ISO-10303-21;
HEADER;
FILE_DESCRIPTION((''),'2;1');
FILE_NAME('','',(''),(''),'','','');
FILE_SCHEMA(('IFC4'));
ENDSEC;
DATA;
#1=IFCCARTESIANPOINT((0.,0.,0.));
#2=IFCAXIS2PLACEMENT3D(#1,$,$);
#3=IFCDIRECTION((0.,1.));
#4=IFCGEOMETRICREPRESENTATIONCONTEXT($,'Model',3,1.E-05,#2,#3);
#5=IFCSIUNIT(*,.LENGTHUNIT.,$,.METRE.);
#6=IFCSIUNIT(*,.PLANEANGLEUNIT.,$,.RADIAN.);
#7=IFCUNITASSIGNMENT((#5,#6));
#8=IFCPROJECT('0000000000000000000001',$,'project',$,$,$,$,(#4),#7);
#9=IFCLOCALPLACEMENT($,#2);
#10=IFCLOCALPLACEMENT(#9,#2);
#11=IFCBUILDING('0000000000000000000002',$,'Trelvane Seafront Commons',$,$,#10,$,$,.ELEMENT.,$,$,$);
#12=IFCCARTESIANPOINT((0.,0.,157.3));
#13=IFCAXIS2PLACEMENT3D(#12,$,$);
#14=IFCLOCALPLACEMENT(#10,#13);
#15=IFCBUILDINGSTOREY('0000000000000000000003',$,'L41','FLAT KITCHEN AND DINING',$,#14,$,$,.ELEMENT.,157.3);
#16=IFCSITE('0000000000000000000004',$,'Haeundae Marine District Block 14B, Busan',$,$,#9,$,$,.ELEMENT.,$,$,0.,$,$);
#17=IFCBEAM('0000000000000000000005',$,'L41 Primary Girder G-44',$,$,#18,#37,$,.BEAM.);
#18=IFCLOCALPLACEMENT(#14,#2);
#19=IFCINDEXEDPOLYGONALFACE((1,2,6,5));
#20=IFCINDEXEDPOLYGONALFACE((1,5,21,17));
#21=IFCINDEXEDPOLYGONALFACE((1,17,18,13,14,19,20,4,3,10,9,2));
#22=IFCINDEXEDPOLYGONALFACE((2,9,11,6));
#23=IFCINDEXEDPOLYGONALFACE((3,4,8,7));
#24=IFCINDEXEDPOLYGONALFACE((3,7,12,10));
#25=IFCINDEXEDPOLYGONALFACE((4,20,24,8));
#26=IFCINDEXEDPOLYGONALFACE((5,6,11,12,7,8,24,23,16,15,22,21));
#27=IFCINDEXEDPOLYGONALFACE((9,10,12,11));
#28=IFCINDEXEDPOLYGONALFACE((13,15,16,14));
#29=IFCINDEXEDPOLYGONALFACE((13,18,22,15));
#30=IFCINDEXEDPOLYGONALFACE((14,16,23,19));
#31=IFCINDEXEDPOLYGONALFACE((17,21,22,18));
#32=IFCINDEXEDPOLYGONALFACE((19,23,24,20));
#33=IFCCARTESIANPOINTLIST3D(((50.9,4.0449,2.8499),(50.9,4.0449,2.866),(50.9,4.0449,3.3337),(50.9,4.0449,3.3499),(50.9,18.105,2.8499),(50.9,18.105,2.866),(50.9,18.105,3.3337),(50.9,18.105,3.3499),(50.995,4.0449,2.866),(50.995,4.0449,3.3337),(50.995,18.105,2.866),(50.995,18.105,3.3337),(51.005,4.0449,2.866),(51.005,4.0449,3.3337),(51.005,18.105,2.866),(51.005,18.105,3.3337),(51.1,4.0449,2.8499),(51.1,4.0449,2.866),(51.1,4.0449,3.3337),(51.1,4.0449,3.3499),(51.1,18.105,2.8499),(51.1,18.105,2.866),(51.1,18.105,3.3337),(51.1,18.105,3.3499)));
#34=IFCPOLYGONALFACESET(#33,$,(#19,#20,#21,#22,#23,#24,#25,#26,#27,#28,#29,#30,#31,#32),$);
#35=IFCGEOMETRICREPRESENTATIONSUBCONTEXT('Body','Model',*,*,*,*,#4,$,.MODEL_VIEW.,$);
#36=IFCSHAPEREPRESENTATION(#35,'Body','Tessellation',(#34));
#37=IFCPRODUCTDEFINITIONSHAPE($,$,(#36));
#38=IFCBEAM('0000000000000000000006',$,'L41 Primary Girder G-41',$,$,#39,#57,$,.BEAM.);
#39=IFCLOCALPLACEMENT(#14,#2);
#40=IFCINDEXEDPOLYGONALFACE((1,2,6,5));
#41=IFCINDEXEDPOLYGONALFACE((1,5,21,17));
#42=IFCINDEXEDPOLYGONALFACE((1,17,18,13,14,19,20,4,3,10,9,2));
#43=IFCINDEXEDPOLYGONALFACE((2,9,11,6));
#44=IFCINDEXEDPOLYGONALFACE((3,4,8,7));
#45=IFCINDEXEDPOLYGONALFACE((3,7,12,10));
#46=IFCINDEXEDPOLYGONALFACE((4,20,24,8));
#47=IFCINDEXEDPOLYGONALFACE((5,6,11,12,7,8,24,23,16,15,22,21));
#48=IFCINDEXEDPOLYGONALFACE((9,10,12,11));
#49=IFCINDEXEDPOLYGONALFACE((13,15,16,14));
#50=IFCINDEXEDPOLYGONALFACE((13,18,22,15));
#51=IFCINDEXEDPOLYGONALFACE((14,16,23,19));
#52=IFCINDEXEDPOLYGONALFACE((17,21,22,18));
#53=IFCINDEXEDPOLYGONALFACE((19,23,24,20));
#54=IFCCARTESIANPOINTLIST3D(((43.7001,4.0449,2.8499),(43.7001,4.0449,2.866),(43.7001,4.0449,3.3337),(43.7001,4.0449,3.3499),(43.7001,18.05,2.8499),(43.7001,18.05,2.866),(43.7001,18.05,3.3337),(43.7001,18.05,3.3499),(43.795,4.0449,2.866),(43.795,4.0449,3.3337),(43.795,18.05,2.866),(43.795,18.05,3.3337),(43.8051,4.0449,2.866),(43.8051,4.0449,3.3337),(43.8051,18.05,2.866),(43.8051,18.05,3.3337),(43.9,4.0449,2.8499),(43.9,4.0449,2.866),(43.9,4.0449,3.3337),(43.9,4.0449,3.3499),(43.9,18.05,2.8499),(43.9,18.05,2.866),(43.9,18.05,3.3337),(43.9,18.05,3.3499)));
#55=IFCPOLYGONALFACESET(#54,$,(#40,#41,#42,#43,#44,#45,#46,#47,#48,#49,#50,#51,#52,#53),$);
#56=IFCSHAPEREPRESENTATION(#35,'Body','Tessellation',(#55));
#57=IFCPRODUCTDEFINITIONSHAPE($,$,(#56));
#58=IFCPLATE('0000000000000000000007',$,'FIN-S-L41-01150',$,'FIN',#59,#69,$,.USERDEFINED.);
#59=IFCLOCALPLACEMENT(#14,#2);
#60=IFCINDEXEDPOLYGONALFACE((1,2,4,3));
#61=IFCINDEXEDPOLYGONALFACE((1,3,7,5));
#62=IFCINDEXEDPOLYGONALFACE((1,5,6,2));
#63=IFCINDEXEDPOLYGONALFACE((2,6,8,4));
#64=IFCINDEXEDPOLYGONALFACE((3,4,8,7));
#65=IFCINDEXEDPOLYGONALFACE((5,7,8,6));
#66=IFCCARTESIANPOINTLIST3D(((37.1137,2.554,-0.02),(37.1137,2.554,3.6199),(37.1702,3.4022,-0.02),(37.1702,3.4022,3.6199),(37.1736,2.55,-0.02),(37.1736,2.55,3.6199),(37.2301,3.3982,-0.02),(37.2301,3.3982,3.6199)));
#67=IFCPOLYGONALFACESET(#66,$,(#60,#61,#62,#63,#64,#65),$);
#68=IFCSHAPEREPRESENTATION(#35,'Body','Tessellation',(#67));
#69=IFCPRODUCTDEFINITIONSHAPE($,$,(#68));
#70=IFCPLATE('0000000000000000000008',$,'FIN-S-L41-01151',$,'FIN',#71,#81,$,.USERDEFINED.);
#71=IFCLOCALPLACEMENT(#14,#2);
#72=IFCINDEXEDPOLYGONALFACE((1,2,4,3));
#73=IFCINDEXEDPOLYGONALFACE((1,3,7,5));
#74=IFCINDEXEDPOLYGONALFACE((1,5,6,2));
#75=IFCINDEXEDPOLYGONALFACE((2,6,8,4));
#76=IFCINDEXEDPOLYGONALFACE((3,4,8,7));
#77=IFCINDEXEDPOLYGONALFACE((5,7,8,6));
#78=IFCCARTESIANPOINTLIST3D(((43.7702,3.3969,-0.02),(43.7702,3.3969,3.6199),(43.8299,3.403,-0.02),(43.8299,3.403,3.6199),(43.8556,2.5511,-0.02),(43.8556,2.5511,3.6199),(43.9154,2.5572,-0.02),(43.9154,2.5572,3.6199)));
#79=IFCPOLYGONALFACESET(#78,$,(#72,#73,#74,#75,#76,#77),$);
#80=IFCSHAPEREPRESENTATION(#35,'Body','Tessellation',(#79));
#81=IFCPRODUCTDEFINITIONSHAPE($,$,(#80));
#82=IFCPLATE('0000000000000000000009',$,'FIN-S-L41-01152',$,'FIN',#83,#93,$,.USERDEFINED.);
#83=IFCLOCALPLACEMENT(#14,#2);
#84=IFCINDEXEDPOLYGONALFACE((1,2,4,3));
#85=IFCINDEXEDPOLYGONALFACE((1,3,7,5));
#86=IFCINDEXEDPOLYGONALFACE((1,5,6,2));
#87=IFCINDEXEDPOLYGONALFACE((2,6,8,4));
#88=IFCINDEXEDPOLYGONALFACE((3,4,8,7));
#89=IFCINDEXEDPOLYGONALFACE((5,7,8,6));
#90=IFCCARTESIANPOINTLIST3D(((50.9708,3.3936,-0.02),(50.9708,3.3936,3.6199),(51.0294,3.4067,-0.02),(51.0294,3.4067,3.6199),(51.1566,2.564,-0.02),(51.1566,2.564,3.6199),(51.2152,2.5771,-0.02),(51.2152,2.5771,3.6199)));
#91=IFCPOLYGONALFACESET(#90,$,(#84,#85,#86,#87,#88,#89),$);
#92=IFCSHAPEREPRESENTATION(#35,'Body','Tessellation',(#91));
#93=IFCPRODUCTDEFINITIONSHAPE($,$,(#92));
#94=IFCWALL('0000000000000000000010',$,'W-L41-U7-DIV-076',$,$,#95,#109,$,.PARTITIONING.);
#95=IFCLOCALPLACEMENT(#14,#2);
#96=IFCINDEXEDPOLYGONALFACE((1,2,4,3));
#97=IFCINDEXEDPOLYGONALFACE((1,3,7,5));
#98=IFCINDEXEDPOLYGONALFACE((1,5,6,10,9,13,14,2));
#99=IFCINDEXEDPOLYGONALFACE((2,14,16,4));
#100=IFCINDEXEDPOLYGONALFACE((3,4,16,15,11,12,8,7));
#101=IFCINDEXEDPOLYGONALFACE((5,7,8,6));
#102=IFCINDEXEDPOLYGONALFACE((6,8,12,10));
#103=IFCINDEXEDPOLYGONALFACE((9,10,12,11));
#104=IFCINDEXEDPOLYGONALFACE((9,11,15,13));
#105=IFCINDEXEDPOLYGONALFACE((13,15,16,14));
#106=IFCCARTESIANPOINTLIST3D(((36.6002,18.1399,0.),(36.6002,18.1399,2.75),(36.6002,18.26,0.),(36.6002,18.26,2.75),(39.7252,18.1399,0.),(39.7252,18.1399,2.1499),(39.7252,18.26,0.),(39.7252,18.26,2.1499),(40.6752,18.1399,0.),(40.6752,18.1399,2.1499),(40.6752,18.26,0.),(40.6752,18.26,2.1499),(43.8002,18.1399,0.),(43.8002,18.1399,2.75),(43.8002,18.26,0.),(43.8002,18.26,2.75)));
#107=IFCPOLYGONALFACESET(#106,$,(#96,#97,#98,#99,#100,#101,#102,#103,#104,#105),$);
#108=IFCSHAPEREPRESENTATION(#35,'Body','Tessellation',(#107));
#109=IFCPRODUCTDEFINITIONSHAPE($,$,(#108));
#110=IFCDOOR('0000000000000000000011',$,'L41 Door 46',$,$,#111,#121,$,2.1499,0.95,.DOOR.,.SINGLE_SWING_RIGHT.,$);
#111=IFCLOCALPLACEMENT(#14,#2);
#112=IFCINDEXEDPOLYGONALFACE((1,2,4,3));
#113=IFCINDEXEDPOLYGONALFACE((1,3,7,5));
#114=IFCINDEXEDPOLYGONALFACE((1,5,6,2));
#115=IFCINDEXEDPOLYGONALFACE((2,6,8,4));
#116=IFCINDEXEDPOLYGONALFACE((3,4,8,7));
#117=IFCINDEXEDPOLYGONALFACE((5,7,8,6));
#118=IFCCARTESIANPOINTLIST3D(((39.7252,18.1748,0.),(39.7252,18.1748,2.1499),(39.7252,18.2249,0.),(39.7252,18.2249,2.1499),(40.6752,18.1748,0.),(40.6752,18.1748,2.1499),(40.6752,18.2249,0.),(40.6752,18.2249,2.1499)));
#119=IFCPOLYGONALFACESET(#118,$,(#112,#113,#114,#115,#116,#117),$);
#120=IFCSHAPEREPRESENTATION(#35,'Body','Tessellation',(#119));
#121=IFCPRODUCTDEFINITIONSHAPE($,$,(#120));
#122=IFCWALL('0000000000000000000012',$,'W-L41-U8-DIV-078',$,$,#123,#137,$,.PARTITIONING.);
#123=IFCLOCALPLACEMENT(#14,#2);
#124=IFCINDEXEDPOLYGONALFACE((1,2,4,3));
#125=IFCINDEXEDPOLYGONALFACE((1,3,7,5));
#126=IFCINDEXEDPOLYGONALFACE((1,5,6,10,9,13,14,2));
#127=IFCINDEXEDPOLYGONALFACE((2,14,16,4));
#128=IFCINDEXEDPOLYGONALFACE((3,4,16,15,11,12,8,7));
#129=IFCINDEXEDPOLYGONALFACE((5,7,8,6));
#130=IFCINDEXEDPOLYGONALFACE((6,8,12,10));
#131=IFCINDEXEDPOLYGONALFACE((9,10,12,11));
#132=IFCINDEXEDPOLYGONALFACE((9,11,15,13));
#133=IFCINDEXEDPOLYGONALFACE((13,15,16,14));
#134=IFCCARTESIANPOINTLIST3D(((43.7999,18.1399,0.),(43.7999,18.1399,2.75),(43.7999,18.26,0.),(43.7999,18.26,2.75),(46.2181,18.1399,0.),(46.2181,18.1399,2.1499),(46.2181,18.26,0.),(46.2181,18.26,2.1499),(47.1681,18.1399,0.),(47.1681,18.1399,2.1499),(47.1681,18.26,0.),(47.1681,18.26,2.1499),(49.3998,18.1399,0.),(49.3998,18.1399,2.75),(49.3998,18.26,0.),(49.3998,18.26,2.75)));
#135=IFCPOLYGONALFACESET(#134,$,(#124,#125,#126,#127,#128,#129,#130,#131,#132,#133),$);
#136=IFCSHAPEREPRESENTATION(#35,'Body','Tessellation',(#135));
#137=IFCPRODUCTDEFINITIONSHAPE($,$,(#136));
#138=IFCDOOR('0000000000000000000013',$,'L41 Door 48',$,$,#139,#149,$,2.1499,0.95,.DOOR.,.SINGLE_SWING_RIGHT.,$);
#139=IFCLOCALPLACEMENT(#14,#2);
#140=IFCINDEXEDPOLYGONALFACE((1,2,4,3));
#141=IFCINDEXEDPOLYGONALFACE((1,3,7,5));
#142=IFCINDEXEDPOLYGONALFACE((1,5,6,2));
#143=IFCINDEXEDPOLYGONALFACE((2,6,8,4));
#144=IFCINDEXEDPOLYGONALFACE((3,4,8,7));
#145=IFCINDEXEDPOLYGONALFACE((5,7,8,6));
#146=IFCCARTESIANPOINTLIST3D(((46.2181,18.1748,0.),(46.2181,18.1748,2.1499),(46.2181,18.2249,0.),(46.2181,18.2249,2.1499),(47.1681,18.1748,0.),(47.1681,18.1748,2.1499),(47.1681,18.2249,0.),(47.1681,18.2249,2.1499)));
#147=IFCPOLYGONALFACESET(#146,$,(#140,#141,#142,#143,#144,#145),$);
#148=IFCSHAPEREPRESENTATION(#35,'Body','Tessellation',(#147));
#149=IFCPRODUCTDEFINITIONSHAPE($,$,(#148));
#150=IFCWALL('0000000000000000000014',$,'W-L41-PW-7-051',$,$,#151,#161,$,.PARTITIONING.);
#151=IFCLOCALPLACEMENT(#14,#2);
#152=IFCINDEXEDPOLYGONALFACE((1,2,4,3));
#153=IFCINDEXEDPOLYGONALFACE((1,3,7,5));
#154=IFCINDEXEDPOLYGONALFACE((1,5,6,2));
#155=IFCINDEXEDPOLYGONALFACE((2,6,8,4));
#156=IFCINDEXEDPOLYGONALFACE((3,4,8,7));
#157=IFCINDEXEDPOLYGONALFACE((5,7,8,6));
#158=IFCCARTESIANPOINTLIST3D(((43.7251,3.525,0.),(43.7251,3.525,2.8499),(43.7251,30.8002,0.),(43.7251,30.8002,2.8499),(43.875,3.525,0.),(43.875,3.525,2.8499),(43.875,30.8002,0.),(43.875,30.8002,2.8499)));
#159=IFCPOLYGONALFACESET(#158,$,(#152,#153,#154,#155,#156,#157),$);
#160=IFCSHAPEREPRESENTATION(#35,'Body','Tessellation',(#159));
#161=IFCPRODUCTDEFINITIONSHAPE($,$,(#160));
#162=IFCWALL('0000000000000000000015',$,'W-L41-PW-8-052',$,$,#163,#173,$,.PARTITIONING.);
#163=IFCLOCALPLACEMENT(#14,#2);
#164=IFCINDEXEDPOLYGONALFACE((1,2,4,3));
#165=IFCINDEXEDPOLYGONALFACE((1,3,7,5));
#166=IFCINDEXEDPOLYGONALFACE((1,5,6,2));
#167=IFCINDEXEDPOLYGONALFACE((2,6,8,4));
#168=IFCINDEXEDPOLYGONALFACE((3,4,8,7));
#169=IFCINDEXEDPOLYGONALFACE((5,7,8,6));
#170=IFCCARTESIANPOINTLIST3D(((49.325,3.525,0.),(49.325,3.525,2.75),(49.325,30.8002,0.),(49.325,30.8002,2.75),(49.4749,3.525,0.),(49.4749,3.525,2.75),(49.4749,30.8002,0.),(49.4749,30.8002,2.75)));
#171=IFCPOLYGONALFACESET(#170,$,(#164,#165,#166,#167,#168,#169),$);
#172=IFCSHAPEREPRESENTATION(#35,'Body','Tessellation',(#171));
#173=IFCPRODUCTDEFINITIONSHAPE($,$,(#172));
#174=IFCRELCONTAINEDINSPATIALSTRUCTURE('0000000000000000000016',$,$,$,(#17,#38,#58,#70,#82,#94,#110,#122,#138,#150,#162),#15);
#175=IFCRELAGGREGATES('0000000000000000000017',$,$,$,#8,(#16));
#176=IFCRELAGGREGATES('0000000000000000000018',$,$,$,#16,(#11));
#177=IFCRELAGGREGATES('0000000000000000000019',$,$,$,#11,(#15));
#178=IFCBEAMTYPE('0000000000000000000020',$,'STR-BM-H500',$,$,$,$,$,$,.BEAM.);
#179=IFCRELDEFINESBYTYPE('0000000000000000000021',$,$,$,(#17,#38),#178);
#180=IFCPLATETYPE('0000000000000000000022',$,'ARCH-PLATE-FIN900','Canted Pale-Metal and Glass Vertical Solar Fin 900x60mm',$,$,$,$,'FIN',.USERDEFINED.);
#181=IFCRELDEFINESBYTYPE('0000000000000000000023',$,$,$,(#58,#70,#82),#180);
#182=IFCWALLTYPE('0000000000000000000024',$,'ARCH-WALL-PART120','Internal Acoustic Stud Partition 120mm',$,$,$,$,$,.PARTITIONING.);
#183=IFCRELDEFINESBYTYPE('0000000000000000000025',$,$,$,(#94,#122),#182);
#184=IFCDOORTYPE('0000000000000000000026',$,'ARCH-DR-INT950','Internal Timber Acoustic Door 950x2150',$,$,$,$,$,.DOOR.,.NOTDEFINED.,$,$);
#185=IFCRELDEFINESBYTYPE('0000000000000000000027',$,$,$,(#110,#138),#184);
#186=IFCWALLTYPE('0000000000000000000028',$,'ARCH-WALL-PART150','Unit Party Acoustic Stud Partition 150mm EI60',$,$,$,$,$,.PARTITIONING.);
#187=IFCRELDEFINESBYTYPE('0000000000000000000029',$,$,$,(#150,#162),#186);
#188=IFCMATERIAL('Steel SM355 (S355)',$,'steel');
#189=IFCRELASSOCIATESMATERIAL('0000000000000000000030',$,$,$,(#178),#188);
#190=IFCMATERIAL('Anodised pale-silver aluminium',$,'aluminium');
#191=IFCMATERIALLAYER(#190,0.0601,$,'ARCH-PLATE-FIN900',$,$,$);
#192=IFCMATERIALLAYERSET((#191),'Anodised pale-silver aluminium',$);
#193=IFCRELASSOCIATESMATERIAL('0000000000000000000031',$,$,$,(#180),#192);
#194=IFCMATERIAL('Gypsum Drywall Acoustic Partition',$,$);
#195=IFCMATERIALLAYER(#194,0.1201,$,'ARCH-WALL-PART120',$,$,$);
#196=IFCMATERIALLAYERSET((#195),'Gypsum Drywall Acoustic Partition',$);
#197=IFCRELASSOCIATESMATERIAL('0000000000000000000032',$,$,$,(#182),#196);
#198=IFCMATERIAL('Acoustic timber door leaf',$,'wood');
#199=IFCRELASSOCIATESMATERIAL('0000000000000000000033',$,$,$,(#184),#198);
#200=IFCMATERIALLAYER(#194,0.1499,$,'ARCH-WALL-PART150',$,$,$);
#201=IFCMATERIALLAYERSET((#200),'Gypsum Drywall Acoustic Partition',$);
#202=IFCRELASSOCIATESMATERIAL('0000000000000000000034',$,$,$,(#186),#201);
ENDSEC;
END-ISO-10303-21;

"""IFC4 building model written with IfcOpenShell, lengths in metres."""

from ifc_helpers import new_model, si_unit, direction, frame, frame_2d, origin, origin_2d, place, context, subcontext, project, spatial, rectangle, i_section, extrude, source, transform, mapped, material, layer, layer_set, material_profile, profile_set, type_object, element, fill, save


model = new_model("IFC4")

# Units and contexts
model_context = context("Model", 3, precision=1e-05, world=origin(), true_north=direction((0.0, 1.0)))
body_context = subcontext(model_context, "Body", "Model", "MODEL_VIEW")
ifc_project = project(units=[si_unit("LENGTHUNIT", "METRE"), si_unit("PLANEANGLEUNIT", "RADIAN")], contexts=[model_context])

# Site, building, storey
site_placement = place(None, origin())
site = spatial("IfcSite", under=ifc_project, at=site_placement, Name="Haeundae Marine District Block 14B, Busan", CompositionType="ELEMENT", RefElevation=0.0)
building_placement = place(site_placement, origin())
building = spatial("IfcBuilding", under=site, at=building_placement, Name="Trelvane Seafront Commons", CompositionType="ELEMENT")
storey_placement = place(building_placement, frame((0.0, 0.0, 157.3)))
storey = spatial("IfcBuildingStorey", under=building, at=storey_placement, Name="L41", Description="FLAT KITCHEN AND DINING", CompositionType="ELEMENT", Elevation=157.3)

# Shared definitions
ifc_material_1 = material(Name="Steel SM355 (S355)", Category="steel")

# Beams
ifc_material_profile_1 = material_profile(ifc_material_1, i_section(OverallWidth=0.2, OverallDepth=0.5, WebThickness=0.01, FlangeThickness=0.0161, at=origin_2d()), Name="H-500x200x10x16")
ifc_profile_set_1 = profile_set([ifc_material_profile_1], Name="Steel SM355 (S355)")
beam_type_1 = type_object("IfcBeamType", Name="STR-BM-H500", PredefinedType="BEAM", material=ifc_profile_set_1)
shared_shape_1 = source(origin(), body_context, "Body", "SweptSolid", [
    extrude(i_section(OverallWidth=0.2, OverallDepth=0.5, WebThickness=0.01, FlangeThickness=0.0161, at=origin_2d()), origin(), (0.0, 0.0, 1.0), 14.0601),
])
beam_1_placement = place(storey_placement, frame((51.0, 4.0449, 3.0999), z_axis=(0.0, 1.0, 0.0), x_axis=(-1.0, 0.0, 0.0)))
element("IfcBeam", 1, at=beam_1_placement, inside=storey, type_object=beam_type_1, Name="L41 Primary Girder G-44", PredefinedType="BEAM", context=body_context, shape_type="MappedRepresentation", body=[
    mapped(shared_shape_1, transform((0.0, 0.0, 0.0), x_axis=(1.0, 0.0, 0.0), y_axis=(0.0, 1.0, 0.0), z_axis=(0.0, 0.0, 1.0), scale=1.0)),
])
shared_shape_2 = source(origin(), body_context, "Body", "SweptSolid", [
    extrude(i_section(OverallWidth=0.2, OverallDepth=0.5, WebThickness=0.01, FlangeThickness=0.0161, at=origin_2d()), origin(), (0.0, 0.0, 1.0), 14.0051),
])
beam_2_placement = place(storey_placement, frame((43.8, 4.0449, 3.0999), z_axis=(0.0, 1.0, 0.0), x_axis=(-1.0, 0.0, 0.0)))
element("IfcBeam", 2, at=beam_2_placement, inside=storey, type_object=beam_type_1, Name="L41 Primary Girder G-41", PredefinedType="BEAM", context=body_context, shape_type="MappedRepresentation", body=[
    mapped(shared_shape_2, transform((0.0, 0.0, 0.0), x_axis=(1.0, 0.0, 0.0), y_axis=(0.0, 1.0, 0.0), z_axis=(0.0, 0.0, 1.0), scale=1.0)),
])

# Plates
ifc_material_2 = material(Name="Anodised pale-silver aluminium", Category="aluminium")
ifc_layer_1 = layer(ifc_material_2, 0.0601, Name="ARCH-PLATE-FIN900")
ifc_layer_set_1 = layer_set([ifc_layer_1], Name="Anodised pale-silver aluminium")
plate_type = type_object("IfcPlateType", Name="ARCH-PLATE-FIN900", Description="Canted Pale-Metal and Glass Vertical Solar Fin 900x60mm", ElementType="FIN", PredefinedType="USERDEFINED", material=ifc_layer_set_1)
shared_shape_3 = source(origin(), body_context, "Body", "SweptSolid", [
    extrude(rectangle(XDim=0.8501, YDim=0.0601, at=origin_2d()), origin(), (0.0, 0.0, 1.0), 3.6399),
])
for number, where, z_axis, x_axis, name in (
    (3, (37.1719, 2.9761, -0.02), (0.0, 0.0, 1.0), (-0.066472, -0.997788, 0.0), "FIN-S-L41-01150"),
    (4, (43.8428, 2.9771, -0.02), (0.0, 0.0, 1.0), (0.100471, -0.99494, 0.0), "FIN-S-L41-01151"),
    (5, (51.093, 2.9854, -0.02), (0.0, 0.0, 1.0), (0.2186, -0.975815, 0.0), "FIN-S-L41-01152"),
):
    element("IfcPlate", number, at=place(storey_placement, frame(where, z_axis=z_axis, x_axis=x_axis)), inside=storey, type_object=plate_type, Name=name, ObjectType="FIN", PredefinedType="USERDEFINED", context=body_context, shape_type="MappedRepresentation", body=[
        mapped(shared_shape_3, transform((0.0, 0.0, 0.0), x_axis=(1.0, 0.0, 0.0), y_axis=(0.0, 1.0, 0.0), z_axis=(0.0, 0.0, 1.0), scale=1.0)),
    ])

# Walls, openings, doors
ifc_material_3 = material(Name="Gypsum Drywall Acoustic Partition")
ifc_layer_2 = layer(ifc_material_3, 0.1201, Name="ARCH-WALL-PART120")
ifc_layer_set_2 = layer_set([ifc_layer_2], Name="Gypsum Drywall Acoustic Partition")
wall_type_1 = type_object("IfcWallType", Name="ARCH-WALL-PART120", Description="Internal Acoustic Stud Partition 120mm", PredefinedType="PARTITIONING", material=ifc_layer_set_2)
wall_1_placement = place(storey_placement, frame((36.6001, 18.2, 0.0), z_axis=(0.0, 0.0, 1.0), x_axis=(1.0, 0.0, 0.0)))
wall_1 = element("IfcWall", 6, at=wall_1_placement, inside=storey, type_object=wall_type_1, Name="W-L41-U7-DIV-076", PredefinedType="PARTITIONING", context=body_context, shape_type="SweptSolid", body=[
    extrude(rectangle(XDim=7.2, YDim=0.1201, at=frame_2d((3.6001, 0.0))), origin(), (0.0, 0.0, 1.0), 2.75),
])
opening_1_placement = place(wall_1_placement, frame((3.125, 0.0, 0.0)))
opening_1 = element("IfcOpeningElement", 7, at=opening_1_placement, cuts=wall_1, PredefinedType="OPENING", context=body_context, shape_type="SweptSolid", body=[
    extrude(rectangle(XDim=0.95, YDim=2.1499, at=frame_2d((0.4751, 1.075))), frame((0.0, 0.0701, 0.0), z_axis=(0.0, -1.0, 0.0), x_axis=(1.0, 0.0, 0.0)), (0.0, 0.0, 1.0), 0.1401),
])
ifc_material_4 = material(Name="Acoustic timber door leaf", Category="wood")
door_type = type_object("IfcDoorType", Name="ARCH-DR-INT950", Description="Internal Timber Acoustic Door 950x2150", OperationType="NOTDEFINED", PredefinedType="DOOR", material=ifc_material_4)
shared_shape_4 = source(origin(), body_context, "Body", "SweptSolid", [
    extrude(rectangle(XDim=0.95, YDim=2.1499, at=frame_2d((0.4751, 1.075))), frame((0.0, 0.0249, 0.0), z_axis=(0.0, -1.0, 0.0), x_axis=(1.0, 0.0, 0.0)), (0.0, 0.0, 1.0), 0.05),
])
door_1_placement = place(opening_1_placement, origin())
door_1 = element("IfcDoor", 8, at=door_1_placement, inside=storey, type_object=door_type, Name="L41 Door 46", OperationType="SINGLE_SWING_RIGHT", OverallHeight=2.1499, OverallWidth=0.95, PredefinedType="DOOR", context=body_context, shape_type="MappedRepresentation", body=[
    mapped(shared_shape_4, transform((0.0, 0.0, 0.0), x_axis=(1.0, 0.0, 0.0), y_axis=(0.0, 1.0, 0.0), z_axis=(0.0, 0.0, 1.0), scale=1.0)),
])
fill(opening_1, door_1)
wall_2_placement = place(storey_placement, frame((43.8, 18.2, 0.0), z_axis=(0.0, 0.0, 1.0), x_axis=(1.0, 0.0, 0.0)))
wall_2 = element("IfcWall", 9, at=wall_2_placement, inside=storey, type_object=wall_type_1, Name="W-L41-U8-DIV-078", PredefinedType="PARTITIONING", context=body_context, shape_type="SweptSolid", body=[
    extrude(rectangle(XDim=5.5999, YDim=0.1201, at=frame_2d((2.7998, 0.0))), origin(), (0.0, 0.0, 1.0), 2.75),
])
opening_2_placement = place(wall_2_placement, frame((2.418, 0.0, 0.0)))
opening_2 = element("IfcOpeningElement", 10, at=opening_2_placement, cuts=wall_2, PredefinedType="OPENING", context=body_context, shape_type="SweptSolid", body=[
    extrude(rectangle(XDim=0.95, YDim=2.1499, at=frame_2d((0.4751, 1.075))), frame((0.0, 0.0701, 0.0), z_axis=(0.0, -1.0, 0.0), x_axis=(1.0, 0.0, 0.0)), (0.0, 0.0, 1.0), 0.1401),
])
door_2_placement = place(opening_2_placement, origin())
door_2 = element("IfcDoor", 11, at=door_2_placement, inside=storey, type_object=door_type, Name="L41 Door 48", OperationType="SINGLE_SWING_RIGHT", OverallHeight=2.1499, OverallWidth=0.95, PredefinedType="DOOR", context=body_context, shape_type="MappedRepresentation", body=[
    mapped(shared_shape_4, transform((0.0, 0.0, 0.0), x_axis=(1.0, 0.0, 0.0), y_axis=(0.0, 1.0, 0.0), z_axis=(0.0, 0.0, 1.0), scale=1.0)),
])
fill(opening_2, door_2)

# Walls
ifc_layer_3 = layer(ifc_material_3, 0.1499, Name="ARCH-WALL-PART150")
ifc_layer_set_3 = layer_set([ifc_layer_3], Name="Gypsum Drywall Acoustic Partition")
wall_type_2 = type_object("IfcWallType", Name="ARCH-WALL-PART150", Description="Unit Party Acoustic Stud Partition 150mm EI60", PredefinedType="PARTITIONING", material=ifc_layer_set_3)
wall_3_placement = place(storey_placement, frame((43.8, 3.5249, 0.0), z_axis=(0.0, 0.0, 1.0), x_axis=(0.0, 1.0, 0.0)))
element("IfcWall", 12, at=wall_3_placement, inside=storey, type_object=wall_type_2, Name="W-L41-PW-7-051", PredefinedType="PARTITIONING", context=body_context, shape_type="SweptSolid", body=[
    extrude(rectangle(XDim=27.2751, YDim=0.1499, at=frame_2d((13.6377, 0.0))), origin(), (0.0, 0.0, 1.0), 2.8499),
])
wall_4_placement = place(storey_placement, frame((49.3999, 3.5249, 0.0), z_axis=(0.0, 0.0, 1.0), x_axis=(0.0, 1.0, 0.0)))
element("IfcWall", 13, at=wall_4_placement, inside=storey, type_object=wall_type_2, Name="W-L41-PW-8-052", PredefinedType="PARTITIONING", context=body_context, shape_type="SweptSolid", body=[
    extrude(rectangle(XDim=27.2751, YDim=0.1499, at=frame_2d((13.6377, 0.0))), origin(), (0.0, 0.0, 1.0), 2.75),
])

save(model, "model.ifc")
